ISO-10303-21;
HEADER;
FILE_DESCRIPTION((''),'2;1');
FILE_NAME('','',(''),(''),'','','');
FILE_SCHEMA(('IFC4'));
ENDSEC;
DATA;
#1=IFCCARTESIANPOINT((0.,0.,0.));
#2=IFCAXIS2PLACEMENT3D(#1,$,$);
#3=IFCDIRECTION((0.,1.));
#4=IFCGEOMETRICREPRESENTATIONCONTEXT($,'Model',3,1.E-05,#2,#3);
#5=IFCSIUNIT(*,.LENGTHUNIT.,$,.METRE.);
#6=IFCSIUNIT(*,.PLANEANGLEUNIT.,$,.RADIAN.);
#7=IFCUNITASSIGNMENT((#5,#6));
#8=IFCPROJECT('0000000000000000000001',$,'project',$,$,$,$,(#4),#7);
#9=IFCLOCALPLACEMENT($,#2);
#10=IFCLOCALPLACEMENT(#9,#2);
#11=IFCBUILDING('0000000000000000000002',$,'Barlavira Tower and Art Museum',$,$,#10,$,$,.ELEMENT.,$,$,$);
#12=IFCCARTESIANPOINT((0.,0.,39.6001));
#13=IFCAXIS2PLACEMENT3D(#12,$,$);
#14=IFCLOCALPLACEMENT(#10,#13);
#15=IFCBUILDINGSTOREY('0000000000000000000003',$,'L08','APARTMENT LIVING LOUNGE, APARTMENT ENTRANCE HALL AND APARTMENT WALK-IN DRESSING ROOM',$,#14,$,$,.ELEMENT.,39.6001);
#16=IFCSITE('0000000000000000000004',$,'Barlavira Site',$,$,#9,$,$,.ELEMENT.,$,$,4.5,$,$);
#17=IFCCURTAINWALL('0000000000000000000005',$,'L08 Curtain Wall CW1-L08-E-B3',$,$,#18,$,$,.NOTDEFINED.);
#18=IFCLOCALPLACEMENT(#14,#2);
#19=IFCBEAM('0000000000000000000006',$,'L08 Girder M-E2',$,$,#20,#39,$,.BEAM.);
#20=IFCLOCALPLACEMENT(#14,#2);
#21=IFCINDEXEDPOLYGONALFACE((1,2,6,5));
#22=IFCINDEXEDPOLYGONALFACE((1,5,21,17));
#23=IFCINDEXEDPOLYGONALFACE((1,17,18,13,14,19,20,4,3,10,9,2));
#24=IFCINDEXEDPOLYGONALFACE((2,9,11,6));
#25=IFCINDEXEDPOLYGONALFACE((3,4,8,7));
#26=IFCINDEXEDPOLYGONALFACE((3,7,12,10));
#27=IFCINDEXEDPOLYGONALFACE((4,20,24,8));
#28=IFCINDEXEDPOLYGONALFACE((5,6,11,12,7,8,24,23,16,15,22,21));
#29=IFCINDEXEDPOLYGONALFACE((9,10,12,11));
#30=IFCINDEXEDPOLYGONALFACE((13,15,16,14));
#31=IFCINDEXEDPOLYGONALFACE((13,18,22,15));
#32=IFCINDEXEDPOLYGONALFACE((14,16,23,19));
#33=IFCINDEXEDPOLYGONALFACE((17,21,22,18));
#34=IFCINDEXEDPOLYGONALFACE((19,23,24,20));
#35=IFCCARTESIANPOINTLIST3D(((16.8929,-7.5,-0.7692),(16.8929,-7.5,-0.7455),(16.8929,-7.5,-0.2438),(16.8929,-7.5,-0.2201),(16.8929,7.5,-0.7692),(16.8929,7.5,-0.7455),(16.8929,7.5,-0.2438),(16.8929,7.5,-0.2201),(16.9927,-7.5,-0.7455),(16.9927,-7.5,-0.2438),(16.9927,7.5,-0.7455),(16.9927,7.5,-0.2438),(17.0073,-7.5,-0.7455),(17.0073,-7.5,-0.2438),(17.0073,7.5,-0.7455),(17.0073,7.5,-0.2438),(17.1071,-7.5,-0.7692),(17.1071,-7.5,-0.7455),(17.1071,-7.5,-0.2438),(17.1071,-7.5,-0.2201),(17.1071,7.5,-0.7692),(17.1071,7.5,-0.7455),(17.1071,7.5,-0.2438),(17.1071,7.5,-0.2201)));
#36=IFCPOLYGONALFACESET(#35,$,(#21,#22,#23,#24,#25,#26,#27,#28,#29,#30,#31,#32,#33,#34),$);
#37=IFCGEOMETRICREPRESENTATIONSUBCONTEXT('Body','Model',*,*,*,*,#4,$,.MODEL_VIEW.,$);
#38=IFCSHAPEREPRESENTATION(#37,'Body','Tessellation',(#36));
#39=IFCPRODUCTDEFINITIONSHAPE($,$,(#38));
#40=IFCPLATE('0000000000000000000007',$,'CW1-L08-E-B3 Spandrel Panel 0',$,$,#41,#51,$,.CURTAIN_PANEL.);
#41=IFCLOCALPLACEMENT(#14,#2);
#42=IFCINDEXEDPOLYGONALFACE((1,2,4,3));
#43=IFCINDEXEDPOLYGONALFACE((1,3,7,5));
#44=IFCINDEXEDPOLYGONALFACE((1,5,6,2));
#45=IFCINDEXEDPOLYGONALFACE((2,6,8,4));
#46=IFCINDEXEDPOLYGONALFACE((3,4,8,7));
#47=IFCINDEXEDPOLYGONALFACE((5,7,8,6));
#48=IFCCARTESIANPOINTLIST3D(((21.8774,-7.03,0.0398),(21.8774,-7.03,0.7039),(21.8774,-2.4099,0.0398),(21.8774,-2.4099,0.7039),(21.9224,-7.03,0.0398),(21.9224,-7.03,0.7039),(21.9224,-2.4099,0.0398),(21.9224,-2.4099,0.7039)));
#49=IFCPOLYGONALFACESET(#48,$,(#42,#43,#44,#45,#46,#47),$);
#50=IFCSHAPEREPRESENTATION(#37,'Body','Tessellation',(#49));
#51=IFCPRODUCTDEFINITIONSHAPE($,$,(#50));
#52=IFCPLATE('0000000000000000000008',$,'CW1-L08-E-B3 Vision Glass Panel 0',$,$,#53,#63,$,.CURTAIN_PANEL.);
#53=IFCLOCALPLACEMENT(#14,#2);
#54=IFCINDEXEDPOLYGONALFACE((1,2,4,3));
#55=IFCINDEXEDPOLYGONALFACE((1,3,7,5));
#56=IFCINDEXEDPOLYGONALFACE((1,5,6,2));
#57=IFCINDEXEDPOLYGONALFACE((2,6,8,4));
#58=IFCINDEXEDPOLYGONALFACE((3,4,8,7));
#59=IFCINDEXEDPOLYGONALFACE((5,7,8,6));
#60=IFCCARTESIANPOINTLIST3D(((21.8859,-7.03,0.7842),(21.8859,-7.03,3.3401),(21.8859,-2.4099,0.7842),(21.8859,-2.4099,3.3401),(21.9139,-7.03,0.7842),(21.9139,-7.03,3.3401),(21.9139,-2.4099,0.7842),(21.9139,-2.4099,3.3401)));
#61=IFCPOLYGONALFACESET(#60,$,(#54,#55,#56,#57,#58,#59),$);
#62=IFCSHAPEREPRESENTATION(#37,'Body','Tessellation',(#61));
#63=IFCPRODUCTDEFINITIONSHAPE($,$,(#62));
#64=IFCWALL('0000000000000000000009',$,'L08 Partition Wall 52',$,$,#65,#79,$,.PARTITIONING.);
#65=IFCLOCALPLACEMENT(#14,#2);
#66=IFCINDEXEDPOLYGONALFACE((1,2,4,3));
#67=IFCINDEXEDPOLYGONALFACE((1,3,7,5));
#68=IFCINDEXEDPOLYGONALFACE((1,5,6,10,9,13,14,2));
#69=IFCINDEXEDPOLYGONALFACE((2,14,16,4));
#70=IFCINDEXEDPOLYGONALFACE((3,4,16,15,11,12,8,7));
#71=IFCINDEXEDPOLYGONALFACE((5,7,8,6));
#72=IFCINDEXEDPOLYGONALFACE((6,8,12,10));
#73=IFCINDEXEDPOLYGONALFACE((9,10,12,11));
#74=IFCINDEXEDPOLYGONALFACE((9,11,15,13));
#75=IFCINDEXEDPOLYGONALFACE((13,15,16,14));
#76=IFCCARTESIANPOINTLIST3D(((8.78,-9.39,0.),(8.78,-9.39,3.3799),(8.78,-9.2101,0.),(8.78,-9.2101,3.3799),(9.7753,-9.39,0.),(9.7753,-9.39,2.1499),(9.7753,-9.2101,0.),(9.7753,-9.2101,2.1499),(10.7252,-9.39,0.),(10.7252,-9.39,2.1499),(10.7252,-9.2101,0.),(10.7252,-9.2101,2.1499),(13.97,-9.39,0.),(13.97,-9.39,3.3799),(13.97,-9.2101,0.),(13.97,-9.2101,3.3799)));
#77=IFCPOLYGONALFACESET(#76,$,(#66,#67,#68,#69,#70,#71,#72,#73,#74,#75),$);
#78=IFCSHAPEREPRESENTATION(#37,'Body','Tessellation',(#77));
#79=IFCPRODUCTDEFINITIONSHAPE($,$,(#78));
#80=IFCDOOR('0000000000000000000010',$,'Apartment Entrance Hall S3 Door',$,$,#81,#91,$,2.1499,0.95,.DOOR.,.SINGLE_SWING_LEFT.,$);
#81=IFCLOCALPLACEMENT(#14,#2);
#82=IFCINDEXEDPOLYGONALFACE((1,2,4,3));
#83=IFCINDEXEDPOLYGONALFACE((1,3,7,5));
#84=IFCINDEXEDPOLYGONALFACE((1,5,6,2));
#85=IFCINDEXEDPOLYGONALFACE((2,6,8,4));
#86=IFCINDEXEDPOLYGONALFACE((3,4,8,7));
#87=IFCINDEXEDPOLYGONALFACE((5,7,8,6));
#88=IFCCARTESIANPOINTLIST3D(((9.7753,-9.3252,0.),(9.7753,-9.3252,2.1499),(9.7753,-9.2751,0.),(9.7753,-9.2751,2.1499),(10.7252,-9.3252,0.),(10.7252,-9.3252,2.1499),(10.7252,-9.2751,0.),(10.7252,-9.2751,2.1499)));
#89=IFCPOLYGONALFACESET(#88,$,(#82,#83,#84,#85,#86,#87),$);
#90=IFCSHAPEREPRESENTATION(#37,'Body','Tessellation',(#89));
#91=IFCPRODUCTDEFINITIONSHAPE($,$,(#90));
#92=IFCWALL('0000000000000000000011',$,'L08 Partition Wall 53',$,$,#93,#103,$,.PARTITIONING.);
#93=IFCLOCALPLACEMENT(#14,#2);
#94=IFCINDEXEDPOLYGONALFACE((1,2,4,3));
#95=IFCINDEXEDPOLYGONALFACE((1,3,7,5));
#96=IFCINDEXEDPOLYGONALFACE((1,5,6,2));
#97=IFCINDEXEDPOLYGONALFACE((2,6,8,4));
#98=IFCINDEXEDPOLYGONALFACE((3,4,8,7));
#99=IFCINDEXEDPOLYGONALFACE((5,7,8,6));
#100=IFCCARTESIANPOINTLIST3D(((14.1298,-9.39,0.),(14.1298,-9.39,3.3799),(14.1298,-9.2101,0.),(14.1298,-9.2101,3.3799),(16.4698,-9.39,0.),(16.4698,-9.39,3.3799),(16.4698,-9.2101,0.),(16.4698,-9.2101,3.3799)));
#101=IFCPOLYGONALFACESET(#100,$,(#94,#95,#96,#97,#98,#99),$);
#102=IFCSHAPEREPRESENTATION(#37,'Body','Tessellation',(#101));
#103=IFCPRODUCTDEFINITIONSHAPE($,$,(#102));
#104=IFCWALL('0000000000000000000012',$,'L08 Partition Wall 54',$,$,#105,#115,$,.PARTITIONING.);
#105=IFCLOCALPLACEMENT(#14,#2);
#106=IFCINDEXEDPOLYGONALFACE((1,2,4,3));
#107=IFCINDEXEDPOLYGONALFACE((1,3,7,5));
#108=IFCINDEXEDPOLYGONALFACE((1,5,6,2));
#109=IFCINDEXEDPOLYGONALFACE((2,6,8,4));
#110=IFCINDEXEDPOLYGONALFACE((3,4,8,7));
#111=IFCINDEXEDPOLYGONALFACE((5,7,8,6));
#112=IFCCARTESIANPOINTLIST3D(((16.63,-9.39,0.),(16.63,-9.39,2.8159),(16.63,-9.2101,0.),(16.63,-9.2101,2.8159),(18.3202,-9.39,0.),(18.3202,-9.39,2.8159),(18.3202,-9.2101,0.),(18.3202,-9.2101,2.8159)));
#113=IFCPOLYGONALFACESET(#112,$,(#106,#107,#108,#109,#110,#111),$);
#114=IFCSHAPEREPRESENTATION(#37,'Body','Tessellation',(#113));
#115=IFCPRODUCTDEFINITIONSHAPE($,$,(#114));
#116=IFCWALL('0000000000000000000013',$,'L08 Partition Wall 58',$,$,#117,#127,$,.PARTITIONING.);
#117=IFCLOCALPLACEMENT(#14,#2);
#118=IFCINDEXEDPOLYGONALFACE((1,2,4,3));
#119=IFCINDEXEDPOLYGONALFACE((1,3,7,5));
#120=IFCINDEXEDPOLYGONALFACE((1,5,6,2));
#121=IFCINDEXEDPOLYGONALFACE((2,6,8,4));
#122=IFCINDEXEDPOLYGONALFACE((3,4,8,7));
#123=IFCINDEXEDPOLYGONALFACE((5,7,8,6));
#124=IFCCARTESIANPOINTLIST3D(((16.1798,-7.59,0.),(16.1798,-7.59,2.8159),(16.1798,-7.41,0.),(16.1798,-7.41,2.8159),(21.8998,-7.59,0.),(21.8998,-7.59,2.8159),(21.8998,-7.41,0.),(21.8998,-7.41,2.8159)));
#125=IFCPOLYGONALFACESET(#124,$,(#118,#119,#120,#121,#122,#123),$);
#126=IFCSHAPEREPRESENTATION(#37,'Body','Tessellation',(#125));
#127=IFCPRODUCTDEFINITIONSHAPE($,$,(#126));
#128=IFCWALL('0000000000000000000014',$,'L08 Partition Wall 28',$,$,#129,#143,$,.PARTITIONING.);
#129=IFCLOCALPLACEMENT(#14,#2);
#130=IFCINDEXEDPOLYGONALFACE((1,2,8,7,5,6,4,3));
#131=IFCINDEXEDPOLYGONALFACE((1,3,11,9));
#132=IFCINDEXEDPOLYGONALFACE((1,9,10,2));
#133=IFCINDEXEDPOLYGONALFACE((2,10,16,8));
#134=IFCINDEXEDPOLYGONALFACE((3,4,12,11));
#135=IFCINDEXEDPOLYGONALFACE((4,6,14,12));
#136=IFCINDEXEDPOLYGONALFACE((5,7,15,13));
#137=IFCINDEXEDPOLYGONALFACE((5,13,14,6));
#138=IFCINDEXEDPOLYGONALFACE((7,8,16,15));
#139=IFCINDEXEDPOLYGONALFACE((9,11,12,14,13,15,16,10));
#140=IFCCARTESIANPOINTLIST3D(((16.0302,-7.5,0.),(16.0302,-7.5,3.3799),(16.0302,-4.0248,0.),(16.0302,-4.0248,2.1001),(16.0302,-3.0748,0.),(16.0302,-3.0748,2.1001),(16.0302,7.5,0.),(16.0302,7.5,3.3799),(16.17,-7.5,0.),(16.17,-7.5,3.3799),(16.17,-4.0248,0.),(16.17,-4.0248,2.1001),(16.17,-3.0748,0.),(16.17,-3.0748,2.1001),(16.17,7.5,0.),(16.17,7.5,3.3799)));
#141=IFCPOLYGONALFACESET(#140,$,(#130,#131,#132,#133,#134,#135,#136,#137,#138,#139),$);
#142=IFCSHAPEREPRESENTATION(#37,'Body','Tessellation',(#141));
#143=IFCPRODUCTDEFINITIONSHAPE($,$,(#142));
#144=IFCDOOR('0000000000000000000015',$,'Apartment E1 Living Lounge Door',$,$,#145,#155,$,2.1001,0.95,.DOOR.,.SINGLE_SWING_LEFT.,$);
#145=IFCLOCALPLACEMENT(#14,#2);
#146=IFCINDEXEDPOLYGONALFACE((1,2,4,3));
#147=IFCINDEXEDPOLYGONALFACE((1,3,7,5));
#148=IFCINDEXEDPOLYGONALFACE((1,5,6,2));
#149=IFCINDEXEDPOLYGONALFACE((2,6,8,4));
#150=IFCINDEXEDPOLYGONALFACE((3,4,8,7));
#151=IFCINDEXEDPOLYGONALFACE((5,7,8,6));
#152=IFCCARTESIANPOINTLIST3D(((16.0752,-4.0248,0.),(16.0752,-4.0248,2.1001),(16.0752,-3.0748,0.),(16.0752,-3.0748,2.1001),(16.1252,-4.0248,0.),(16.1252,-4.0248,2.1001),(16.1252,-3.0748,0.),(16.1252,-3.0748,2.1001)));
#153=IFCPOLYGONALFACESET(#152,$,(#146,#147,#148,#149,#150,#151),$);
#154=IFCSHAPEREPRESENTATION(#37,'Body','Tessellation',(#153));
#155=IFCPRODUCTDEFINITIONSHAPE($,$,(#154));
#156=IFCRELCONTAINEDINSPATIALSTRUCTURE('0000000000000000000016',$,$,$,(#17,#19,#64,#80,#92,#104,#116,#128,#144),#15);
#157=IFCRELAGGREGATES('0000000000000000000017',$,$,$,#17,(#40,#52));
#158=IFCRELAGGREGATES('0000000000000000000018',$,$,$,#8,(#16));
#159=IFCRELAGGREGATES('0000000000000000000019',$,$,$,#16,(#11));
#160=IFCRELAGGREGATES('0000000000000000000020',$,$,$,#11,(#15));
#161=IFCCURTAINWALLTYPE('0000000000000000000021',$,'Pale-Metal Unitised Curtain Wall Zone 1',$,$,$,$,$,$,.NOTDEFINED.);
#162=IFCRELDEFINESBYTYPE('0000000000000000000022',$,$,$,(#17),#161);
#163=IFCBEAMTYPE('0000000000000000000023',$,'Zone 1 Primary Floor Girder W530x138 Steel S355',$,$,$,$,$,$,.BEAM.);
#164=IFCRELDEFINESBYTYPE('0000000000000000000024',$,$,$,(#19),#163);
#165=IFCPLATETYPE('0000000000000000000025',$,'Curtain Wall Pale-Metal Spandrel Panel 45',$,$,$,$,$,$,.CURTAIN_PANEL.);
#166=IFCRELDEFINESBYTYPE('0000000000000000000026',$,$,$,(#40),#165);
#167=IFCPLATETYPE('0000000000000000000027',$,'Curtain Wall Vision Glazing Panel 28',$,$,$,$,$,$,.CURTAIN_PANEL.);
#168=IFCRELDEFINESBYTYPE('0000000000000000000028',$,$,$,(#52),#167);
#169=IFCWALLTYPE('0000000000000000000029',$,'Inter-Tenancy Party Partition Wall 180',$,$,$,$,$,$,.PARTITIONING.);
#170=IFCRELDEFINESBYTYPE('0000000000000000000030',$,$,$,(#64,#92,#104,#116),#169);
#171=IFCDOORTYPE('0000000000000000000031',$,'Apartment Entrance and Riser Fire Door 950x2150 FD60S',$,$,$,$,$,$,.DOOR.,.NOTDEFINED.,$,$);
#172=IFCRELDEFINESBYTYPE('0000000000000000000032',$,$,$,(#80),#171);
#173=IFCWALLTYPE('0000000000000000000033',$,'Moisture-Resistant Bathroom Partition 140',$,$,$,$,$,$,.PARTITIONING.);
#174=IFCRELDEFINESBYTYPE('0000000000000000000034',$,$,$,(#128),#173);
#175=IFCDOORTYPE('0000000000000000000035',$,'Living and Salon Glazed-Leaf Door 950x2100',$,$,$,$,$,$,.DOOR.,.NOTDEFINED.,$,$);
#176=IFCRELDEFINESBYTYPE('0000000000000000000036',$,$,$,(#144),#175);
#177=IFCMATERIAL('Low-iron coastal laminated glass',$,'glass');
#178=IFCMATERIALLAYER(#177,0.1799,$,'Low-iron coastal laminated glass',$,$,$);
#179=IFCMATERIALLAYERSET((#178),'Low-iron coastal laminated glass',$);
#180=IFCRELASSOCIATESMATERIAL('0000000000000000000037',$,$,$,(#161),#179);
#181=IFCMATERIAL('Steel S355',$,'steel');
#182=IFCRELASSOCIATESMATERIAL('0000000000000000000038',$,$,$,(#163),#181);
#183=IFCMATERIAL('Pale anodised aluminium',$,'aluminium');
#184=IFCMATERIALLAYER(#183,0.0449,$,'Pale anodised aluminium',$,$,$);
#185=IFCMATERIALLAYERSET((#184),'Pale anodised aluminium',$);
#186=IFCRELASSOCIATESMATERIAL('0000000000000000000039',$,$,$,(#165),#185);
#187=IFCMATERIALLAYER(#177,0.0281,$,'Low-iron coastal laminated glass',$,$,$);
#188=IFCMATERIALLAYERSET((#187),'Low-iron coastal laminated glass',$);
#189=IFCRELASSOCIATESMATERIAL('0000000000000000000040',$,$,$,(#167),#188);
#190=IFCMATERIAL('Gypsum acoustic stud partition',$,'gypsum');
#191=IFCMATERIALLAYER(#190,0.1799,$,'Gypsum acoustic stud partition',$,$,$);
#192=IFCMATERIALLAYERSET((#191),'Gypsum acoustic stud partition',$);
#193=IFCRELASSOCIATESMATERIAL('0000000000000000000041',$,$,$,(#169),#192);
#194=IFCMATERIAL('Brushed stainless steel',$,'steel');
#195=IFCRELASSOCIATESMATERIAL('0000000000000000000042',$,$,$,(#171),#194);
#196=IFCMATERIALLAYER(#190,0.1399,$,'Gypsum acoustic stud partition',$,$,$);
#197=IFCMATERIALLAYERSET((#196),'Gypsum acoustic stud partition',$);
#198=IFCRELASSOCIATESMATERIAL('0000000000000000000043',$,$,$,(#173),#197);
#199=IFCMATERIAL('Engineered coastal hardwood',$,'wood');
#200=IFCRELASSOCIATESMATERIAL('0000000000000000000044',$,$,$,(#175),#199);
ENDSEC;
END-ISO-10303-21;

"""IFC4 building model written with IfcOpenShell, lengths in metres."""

from ifc_helpers import new_model, si_unit, direction, frame, frame_2d, origin, origin_2d, place, context, subcontext, project, spatial, rectangle, i_section, extrude, material, layer, layer_set, material_profile, profile_set, type_object, element, fill, aggregate, save


model = new_model("IFC4")

# Units and contexts
model_context = context("Model", 3, precision=1e-05, world=origin(), true_north=direction((0.0, 1.0)))
body_context = subcontext(model_context, "Body", "Model", "MODEL_VIEW")
ifc_project = project(units=[si_unit("LENGTHUNIT", "METRE"), si_unit("PLANEANGLEUNIT", "RADIAN")], contexts=[model_context])

# Site, building, storey
site_placement = place(None, origin())
site = spatial("IfcSite", under=ifc_project, at=site_placement, Name="Barlavira Site", CompositionType="ELEMENT", RefElevation=4.5)
building_placement = place(site_placement, origin())
building = spatial("IfcBuilding", under=site, at=building_placement, Name="Barlavira Tower and Art Museum", CompositionType="ELEMENT")
storey_placement = place(building_placement, frame((0.0, 0.0, 39.6001)))
storey = spatial("IfcBuildingStorey", under=building, at=storey_placement, Name="L08", Description="APARTMENT LIVING LOUNGE, APARTMENT ENTRANCE HALL AND APARTMENT WALK-IN DRESSING ROOM", CompositionType="ELEMENT", Elevation=39.6001)

# Curtain wall
ifc_material_1 = material(Name="Low-iron coastal laminated glass", Category="glass")
ifc_layer_1 = layer(ifc_material_1, 0.1799, Name="Low-iron coastal laminated glass")
ifc_layer_set_1 = layer_set([ifc_layer_1], Name="Low-iron coastal laminated glass")
curtain_wall_type = type_object("IfcCurtainWallType", Name="Pale-Metal Unitised Curtain Wall Zone 1", PredefinedType="NOTDEFINED", material=ifc_layer_set_1)
curtain_wall_placement = place(storey_placement, origin())
curtain_wall = element("IfcCurtainWall", 1, at=curtain_wall_placement, inside=storey, type_object=curtain_wall_type, Name="L08 Curtain Wall CW1-L08-E-B3", PredefinedType="NOTDEFINED")
ifc_material_2 = material(Name="Pale anodised aluminium", Category="aluminium")

# Shared definitions
ifc_material_3 = material(Name="Steel S355", Category="steel")

# Beam
ifc_material_profile_1 = material_profile(ifc_material_3, i_section(OverallWidth=0.2141, OverallDepth=0.5491, WebThickness=0.0146, FlangeThickness=0.0237, at=origin_2d()), Name="W530x138.0")
ifc_profile_set_1 = profile_set([ifc_material_profile_1], Name="Steel S355")
beam_type_1 = type_object("IfcBeamType", Name="Zone 1 Primary Floor Girder W530x138 Steel S355", PredefinedType="BEAM", material=ifc_profile_set_1)
beam_1_placement = place(storey_placement, frame((17.0, -7.5, -0.4946), z_axis=(0.0, 1.0, 0.0), x_axis=(-1.0, 0.0, 0.0)))
element("IfcBeam", 2, at=beam_1_placement, inside=storey, type_object=beam_type_1, Name="L08 Girder M-E2", PredefinedType="BEAM", context=body_context, shape_type="SweptSolid", body=[
    extrude(i_section(OverallWidth=0.2141, OverallDepth=0.5491, WebThickness=0.0146, FlangeThickness=0.0237, at=origin_2d()), origin(), (0.0, 0.0, 1.0), 15.0),
])

# Plates
ifc_layer_2 = layer(ifc_material_2, 0.0449, Name="Pale anodised aluminium")
ifc_layer_set_2 = layer_set([ifc_layer_2], Name="Pale anodised aluminium")
plate_type_1 = type_object("IfcPlateType", Name="Curtain Wall Pale-Metal Spandrel Panel 45", PredefinedType="CURTAIN_PANEL", material=ifc_layer_set_2)
plate_1_placement = place(storey_placement, frame((21.8999, -4.72, 0.0398), z_axis=(0.0, 0.0, 1.0), x_axis=(0.0, 1.0, 0.0)))
plate_1 = element("IfcPlate", 3, at=plate_1_placement, type_object=plate_type_1, Name="CW1-L08-E-B3 Spandrel Panel 0", PredefinedType="CURTAIN_PANEL", context=body_context, shape_type="SweptSolid", body=[
    extrude(rectangle(XDim=4.6201, YDim=0.0449, at=origin_2d()), origin(), (0.0, 0.0, 1.0), 0.6641),
])
ifc_layer_3 = layer(ifc_material_1, 0.0281, Name="Low-iron coastal laminated glass")
ifc_layer_set_3 = layer_set([ifc_layer_3], Name="Low-iron coastal laminated glass")
plate_type_2 = type_object("IfcPlateType", Name="Curtain Wall Vision Glazing Panel 28", PredefinedType="CURTAIN_PANEL", material=ifc_layer_set_3)
plate_2_placement = place(storey_placement, frame((21.8999, -4.72, 0.7842), z_axis=(0.0, 0.0, 1.0), x_axis=(0.0, 1.0, 0.0)))
plate_2 = element("IfcPlate", 4, at=plate_2_placement, type_object=plate_type_2, Name="CW1-L08-E-B3 Vision Glass Panel 0", PredefinedType="CURTAIN_PANEL", context=body_context, shape_type="SweptSolid", body=[
    extrude(rectangle(XDim=4.6201, YDim=0.0281, at=origin_2d()), origin(), (0.0, 0.0, 1.0), 2.5559),
])
aggregate(curtain_wall, [plate_1, plate_2])

# Wall, opening, door
ifc_material_4 = material(Name="Gypsum acoustic stud partition", Category="gypsum")
ifc_layer_4 = layer(ifc_material_4, 0.1799, Name="Gypsum acoustic stud partition")
ifc_layer_set_4 = layer_set([ifc_layer_4], Name="Gypsum acoustic stud partition")
wall_type_1 = type_object("IfcWallType", Name="Inter-Tenancy Party Partition Wall 180", PredefinedType="PARTITIONING", material=ifc_layer_set_4)
wall_1_placement = place(storey_placement, frame((8.78, -9.3, 0.0), z_axis=(0.0, 0.0, 1.0), x_axis=(1.0, 0.0, 0.0)))
wall_1 = element("IfcWall", 5, at=wall_1_placement, inside=storey, type_object=wall_type_1, Name="L08 Partition Wall 52", PredefinedType="PARTITIONING", context=body_context, shape_type="SweptSolid", body=[
    extrude(rectangle(XDim=5.1899, YDim=0.1799, at=frame_2d((2.595, 0.0))), origin(), (0.0, 0.0, 1.0), 3.3799),
])
opening_1_placement = place(wall_1_placement, frame((0.9951, 0.0, 0.0)))
opening_1 = element("IfcOpeningElement", 6, at=opening_1_placement, cuts=wall_1, PredefinedType="OPENING", context=body_context, shape_type="SweptSolid", body=[
    extrude(rectangle(XDim=0.95, YDim=2.1499, at=frame_2d((0.4751, 1.075))), frame((0.0, 0.1001, 0.0), z_axis=(0.0, -1.0, 0.0), x_axis=(1.0, 0.0, 0.0)), (0.0, 0.0, 1.0), 0.2),
])
ifc_material_5 = material(Name="Brushed stainless steel", Category="steel")
door_type_1 = type_object("IfcDoorType", Name="Apartment Entrance and Riser Fire Door 950x2150 FD60S", OperationType="NOTDEFINED", PredefinedType="DOOR", material=ifc_material_5)
door_1_placement = place(opening_1_placement, origin())
door_1 = element("IfcDoor", 7, at=door_1_placement, inside=storey, type_object=door_type_1, Name="Apartment Entrance Hall S3 Door", OperationType="SINGLE_SWING_LEFT", OverallHeight=2.1499, OverallWidth=0.95, PredefinedType="DOOR", context=body_context, shape_type="SweptSolid", body=[
    extrude(rectangle(XDim=0.95, YDim=2.1499, at=frame_2d((0.4751, 1.075))), frame((0.0, 0.0249, 0.0), z_axis=(0.0, -1.0, 0.0), x_axis=(1.0, 0.0, 0.0)), (0.0, 0.0, 1.0), 0.05),
])
fill(opening_1, door_1)

# Walls
wall_2_placement = place(storey_placement, frame((14.1299, -9.3, 0.0), z_axis=(0.0, 0.0, 1.0), x_axis=(1.0, 0.0, 0.0)))
element("IfcWall", 8, at=wall_2_placement, inside=storey, type_object=wall_type_1, Name="L08 Partition Wall 53", PredefinedType="PARTITIONING", context=body_context, shape_type="SweptSolid", body=[
    extrude(rectangle(XDim=2.3401, YDim=0.1799, at=frame_2d((1.1699, 0.0))), origin(), (0.0, 0.0, 1.0), 3.3799),
])
wall_3_placement = place(storey_placement, frame((16.6299, -9.3, 0.0), z_axis=(0.0, 0.0, 1.0), x_axis=(1.0, 0.0, 0.0)))
element("IfcWall", 9, at=wall_3_placement, inside=storey, type_object=wall_type_1, Name="L08 Partition Wall 54", PredefinedType="PARTITIONING", context=body_context, shape_type="SweptSolid", body=[
    extrude(rectangle(XDim=1.6902, YDim=0.1799, at=frame_2d((0.8452, 0.0))), origin(), (0.0, 0.0, 1.0), 2.8159),
])
wall_4_placement = place(storey_placement, frame((16.1799, -7.5, 0.0), z_axis=(0.0, 0.0, 1.0), x_axis=(1.0, 0.0, 0.0)))
element("IfcWall", 10, at=wall_4_placement, inside=storey, type_object=wall_type_1, Name="L08 Partition Wall 58", PredefinedType="PARTITIONING", context=body_context, shape_type="SweptSolid", body=[
    extrude(rectangle(XDim=5.72, YDim=0.1799, at=frame_2d((2.8599, 0.0))), origin(), (0.0, 0.0, 1.0), 2.8159),
])

# Wall, opening, door
ifc_layer_5 = layer(ifc_material_4, 0.1399, Name="Gypsum acoustic stud partition")
ifc_layer_set_5 = layer_set([ifc_layer_5], Name="Gypsum acoustic stud partition")
wall_type_2 = type_object("IfcWallType", Name="Moisture-Resistant Bathroom Partition 140", PredefinedType="PARTITIONING", material=ifc_layer_set_5)
wall_5_placement = place(storey_placement, frame((16.1001, -7.5, 0.0), z_axis=(0.0, 0.0, 1.0), x_axis=(0.0, 1.0, 0.0)))
wall_5 = element("IfcWall", 11, at=wall_5_placement, inside=storey, type_object=wall_type_2, Name="L08 Partition Wall 28", PredefinedType="PARTITIONING", context=body_context, shape_type="SweptSolid", body=[
    extrude(rectangle(XDim=15.0, YDim=0.1399, at=frame_2d((7.5, 0.0))), origin(), (0.0, 0.0, 1.0), 3.3799),
])
opening_2_placement = place(wall_5_placement, frame((3.4751, 0.0, 0.0)))
opening_2 = element("IfcOpeningElement", 12, at=opening_2_placement, cuts=wall_5, PredefinedType="OPENING", context=body_context, shape_type="SweptSolid", body=[
    extrude(rectangle(XDim=0.95, YDim=2.1001, at=frame_2d((0.4751, 1.05))), frame((0.0, 0.0801, 0.0), z_axis=(0.0, -1.0, 0.0), x_axis=(1.0, 0.0, 0.0)), (0.0, 0.0, 1.0), 0.1599),
])
ifc_material_6 = material(Name="Engineered coastal hardwood", Category="wood")
door_type_2 = type_object("IfcDoorType", Name="Living and Salon Glazed-Leaf Door 950x2100", OperationType="NOTDEFINED", PredefinedType="DOOR", material=ifc_material_6)
door_2_placement = place(opening_2_placement, origin())
door_2 = element("IfcDoor", 13, at=door_2_placement, inside=storey, type_object=door_type_2, Name="Apartment E1 Living Lounge Door", OperationType="SINGLE_SWING_LEFT", OverallHeight=2.1001, OverallWidth=0.95, PredefinedType="DOOR", context=body_context, shape_type="SweptSolid", body=[
    extrude(rectangle(XDim=0.95, YDim=2.1001, at=frame_2d((0.4751, 1.05))), frame((0.0, 0.0249, 0.0), z_axis=(0.0, -1.0, 0.0), x_axis=(1.0, 0.0, 0.0)), (0.0, 0.0, 1.0), 0.05),
])
fill(opening_2, door_2)

save(model, "model.ifc")
